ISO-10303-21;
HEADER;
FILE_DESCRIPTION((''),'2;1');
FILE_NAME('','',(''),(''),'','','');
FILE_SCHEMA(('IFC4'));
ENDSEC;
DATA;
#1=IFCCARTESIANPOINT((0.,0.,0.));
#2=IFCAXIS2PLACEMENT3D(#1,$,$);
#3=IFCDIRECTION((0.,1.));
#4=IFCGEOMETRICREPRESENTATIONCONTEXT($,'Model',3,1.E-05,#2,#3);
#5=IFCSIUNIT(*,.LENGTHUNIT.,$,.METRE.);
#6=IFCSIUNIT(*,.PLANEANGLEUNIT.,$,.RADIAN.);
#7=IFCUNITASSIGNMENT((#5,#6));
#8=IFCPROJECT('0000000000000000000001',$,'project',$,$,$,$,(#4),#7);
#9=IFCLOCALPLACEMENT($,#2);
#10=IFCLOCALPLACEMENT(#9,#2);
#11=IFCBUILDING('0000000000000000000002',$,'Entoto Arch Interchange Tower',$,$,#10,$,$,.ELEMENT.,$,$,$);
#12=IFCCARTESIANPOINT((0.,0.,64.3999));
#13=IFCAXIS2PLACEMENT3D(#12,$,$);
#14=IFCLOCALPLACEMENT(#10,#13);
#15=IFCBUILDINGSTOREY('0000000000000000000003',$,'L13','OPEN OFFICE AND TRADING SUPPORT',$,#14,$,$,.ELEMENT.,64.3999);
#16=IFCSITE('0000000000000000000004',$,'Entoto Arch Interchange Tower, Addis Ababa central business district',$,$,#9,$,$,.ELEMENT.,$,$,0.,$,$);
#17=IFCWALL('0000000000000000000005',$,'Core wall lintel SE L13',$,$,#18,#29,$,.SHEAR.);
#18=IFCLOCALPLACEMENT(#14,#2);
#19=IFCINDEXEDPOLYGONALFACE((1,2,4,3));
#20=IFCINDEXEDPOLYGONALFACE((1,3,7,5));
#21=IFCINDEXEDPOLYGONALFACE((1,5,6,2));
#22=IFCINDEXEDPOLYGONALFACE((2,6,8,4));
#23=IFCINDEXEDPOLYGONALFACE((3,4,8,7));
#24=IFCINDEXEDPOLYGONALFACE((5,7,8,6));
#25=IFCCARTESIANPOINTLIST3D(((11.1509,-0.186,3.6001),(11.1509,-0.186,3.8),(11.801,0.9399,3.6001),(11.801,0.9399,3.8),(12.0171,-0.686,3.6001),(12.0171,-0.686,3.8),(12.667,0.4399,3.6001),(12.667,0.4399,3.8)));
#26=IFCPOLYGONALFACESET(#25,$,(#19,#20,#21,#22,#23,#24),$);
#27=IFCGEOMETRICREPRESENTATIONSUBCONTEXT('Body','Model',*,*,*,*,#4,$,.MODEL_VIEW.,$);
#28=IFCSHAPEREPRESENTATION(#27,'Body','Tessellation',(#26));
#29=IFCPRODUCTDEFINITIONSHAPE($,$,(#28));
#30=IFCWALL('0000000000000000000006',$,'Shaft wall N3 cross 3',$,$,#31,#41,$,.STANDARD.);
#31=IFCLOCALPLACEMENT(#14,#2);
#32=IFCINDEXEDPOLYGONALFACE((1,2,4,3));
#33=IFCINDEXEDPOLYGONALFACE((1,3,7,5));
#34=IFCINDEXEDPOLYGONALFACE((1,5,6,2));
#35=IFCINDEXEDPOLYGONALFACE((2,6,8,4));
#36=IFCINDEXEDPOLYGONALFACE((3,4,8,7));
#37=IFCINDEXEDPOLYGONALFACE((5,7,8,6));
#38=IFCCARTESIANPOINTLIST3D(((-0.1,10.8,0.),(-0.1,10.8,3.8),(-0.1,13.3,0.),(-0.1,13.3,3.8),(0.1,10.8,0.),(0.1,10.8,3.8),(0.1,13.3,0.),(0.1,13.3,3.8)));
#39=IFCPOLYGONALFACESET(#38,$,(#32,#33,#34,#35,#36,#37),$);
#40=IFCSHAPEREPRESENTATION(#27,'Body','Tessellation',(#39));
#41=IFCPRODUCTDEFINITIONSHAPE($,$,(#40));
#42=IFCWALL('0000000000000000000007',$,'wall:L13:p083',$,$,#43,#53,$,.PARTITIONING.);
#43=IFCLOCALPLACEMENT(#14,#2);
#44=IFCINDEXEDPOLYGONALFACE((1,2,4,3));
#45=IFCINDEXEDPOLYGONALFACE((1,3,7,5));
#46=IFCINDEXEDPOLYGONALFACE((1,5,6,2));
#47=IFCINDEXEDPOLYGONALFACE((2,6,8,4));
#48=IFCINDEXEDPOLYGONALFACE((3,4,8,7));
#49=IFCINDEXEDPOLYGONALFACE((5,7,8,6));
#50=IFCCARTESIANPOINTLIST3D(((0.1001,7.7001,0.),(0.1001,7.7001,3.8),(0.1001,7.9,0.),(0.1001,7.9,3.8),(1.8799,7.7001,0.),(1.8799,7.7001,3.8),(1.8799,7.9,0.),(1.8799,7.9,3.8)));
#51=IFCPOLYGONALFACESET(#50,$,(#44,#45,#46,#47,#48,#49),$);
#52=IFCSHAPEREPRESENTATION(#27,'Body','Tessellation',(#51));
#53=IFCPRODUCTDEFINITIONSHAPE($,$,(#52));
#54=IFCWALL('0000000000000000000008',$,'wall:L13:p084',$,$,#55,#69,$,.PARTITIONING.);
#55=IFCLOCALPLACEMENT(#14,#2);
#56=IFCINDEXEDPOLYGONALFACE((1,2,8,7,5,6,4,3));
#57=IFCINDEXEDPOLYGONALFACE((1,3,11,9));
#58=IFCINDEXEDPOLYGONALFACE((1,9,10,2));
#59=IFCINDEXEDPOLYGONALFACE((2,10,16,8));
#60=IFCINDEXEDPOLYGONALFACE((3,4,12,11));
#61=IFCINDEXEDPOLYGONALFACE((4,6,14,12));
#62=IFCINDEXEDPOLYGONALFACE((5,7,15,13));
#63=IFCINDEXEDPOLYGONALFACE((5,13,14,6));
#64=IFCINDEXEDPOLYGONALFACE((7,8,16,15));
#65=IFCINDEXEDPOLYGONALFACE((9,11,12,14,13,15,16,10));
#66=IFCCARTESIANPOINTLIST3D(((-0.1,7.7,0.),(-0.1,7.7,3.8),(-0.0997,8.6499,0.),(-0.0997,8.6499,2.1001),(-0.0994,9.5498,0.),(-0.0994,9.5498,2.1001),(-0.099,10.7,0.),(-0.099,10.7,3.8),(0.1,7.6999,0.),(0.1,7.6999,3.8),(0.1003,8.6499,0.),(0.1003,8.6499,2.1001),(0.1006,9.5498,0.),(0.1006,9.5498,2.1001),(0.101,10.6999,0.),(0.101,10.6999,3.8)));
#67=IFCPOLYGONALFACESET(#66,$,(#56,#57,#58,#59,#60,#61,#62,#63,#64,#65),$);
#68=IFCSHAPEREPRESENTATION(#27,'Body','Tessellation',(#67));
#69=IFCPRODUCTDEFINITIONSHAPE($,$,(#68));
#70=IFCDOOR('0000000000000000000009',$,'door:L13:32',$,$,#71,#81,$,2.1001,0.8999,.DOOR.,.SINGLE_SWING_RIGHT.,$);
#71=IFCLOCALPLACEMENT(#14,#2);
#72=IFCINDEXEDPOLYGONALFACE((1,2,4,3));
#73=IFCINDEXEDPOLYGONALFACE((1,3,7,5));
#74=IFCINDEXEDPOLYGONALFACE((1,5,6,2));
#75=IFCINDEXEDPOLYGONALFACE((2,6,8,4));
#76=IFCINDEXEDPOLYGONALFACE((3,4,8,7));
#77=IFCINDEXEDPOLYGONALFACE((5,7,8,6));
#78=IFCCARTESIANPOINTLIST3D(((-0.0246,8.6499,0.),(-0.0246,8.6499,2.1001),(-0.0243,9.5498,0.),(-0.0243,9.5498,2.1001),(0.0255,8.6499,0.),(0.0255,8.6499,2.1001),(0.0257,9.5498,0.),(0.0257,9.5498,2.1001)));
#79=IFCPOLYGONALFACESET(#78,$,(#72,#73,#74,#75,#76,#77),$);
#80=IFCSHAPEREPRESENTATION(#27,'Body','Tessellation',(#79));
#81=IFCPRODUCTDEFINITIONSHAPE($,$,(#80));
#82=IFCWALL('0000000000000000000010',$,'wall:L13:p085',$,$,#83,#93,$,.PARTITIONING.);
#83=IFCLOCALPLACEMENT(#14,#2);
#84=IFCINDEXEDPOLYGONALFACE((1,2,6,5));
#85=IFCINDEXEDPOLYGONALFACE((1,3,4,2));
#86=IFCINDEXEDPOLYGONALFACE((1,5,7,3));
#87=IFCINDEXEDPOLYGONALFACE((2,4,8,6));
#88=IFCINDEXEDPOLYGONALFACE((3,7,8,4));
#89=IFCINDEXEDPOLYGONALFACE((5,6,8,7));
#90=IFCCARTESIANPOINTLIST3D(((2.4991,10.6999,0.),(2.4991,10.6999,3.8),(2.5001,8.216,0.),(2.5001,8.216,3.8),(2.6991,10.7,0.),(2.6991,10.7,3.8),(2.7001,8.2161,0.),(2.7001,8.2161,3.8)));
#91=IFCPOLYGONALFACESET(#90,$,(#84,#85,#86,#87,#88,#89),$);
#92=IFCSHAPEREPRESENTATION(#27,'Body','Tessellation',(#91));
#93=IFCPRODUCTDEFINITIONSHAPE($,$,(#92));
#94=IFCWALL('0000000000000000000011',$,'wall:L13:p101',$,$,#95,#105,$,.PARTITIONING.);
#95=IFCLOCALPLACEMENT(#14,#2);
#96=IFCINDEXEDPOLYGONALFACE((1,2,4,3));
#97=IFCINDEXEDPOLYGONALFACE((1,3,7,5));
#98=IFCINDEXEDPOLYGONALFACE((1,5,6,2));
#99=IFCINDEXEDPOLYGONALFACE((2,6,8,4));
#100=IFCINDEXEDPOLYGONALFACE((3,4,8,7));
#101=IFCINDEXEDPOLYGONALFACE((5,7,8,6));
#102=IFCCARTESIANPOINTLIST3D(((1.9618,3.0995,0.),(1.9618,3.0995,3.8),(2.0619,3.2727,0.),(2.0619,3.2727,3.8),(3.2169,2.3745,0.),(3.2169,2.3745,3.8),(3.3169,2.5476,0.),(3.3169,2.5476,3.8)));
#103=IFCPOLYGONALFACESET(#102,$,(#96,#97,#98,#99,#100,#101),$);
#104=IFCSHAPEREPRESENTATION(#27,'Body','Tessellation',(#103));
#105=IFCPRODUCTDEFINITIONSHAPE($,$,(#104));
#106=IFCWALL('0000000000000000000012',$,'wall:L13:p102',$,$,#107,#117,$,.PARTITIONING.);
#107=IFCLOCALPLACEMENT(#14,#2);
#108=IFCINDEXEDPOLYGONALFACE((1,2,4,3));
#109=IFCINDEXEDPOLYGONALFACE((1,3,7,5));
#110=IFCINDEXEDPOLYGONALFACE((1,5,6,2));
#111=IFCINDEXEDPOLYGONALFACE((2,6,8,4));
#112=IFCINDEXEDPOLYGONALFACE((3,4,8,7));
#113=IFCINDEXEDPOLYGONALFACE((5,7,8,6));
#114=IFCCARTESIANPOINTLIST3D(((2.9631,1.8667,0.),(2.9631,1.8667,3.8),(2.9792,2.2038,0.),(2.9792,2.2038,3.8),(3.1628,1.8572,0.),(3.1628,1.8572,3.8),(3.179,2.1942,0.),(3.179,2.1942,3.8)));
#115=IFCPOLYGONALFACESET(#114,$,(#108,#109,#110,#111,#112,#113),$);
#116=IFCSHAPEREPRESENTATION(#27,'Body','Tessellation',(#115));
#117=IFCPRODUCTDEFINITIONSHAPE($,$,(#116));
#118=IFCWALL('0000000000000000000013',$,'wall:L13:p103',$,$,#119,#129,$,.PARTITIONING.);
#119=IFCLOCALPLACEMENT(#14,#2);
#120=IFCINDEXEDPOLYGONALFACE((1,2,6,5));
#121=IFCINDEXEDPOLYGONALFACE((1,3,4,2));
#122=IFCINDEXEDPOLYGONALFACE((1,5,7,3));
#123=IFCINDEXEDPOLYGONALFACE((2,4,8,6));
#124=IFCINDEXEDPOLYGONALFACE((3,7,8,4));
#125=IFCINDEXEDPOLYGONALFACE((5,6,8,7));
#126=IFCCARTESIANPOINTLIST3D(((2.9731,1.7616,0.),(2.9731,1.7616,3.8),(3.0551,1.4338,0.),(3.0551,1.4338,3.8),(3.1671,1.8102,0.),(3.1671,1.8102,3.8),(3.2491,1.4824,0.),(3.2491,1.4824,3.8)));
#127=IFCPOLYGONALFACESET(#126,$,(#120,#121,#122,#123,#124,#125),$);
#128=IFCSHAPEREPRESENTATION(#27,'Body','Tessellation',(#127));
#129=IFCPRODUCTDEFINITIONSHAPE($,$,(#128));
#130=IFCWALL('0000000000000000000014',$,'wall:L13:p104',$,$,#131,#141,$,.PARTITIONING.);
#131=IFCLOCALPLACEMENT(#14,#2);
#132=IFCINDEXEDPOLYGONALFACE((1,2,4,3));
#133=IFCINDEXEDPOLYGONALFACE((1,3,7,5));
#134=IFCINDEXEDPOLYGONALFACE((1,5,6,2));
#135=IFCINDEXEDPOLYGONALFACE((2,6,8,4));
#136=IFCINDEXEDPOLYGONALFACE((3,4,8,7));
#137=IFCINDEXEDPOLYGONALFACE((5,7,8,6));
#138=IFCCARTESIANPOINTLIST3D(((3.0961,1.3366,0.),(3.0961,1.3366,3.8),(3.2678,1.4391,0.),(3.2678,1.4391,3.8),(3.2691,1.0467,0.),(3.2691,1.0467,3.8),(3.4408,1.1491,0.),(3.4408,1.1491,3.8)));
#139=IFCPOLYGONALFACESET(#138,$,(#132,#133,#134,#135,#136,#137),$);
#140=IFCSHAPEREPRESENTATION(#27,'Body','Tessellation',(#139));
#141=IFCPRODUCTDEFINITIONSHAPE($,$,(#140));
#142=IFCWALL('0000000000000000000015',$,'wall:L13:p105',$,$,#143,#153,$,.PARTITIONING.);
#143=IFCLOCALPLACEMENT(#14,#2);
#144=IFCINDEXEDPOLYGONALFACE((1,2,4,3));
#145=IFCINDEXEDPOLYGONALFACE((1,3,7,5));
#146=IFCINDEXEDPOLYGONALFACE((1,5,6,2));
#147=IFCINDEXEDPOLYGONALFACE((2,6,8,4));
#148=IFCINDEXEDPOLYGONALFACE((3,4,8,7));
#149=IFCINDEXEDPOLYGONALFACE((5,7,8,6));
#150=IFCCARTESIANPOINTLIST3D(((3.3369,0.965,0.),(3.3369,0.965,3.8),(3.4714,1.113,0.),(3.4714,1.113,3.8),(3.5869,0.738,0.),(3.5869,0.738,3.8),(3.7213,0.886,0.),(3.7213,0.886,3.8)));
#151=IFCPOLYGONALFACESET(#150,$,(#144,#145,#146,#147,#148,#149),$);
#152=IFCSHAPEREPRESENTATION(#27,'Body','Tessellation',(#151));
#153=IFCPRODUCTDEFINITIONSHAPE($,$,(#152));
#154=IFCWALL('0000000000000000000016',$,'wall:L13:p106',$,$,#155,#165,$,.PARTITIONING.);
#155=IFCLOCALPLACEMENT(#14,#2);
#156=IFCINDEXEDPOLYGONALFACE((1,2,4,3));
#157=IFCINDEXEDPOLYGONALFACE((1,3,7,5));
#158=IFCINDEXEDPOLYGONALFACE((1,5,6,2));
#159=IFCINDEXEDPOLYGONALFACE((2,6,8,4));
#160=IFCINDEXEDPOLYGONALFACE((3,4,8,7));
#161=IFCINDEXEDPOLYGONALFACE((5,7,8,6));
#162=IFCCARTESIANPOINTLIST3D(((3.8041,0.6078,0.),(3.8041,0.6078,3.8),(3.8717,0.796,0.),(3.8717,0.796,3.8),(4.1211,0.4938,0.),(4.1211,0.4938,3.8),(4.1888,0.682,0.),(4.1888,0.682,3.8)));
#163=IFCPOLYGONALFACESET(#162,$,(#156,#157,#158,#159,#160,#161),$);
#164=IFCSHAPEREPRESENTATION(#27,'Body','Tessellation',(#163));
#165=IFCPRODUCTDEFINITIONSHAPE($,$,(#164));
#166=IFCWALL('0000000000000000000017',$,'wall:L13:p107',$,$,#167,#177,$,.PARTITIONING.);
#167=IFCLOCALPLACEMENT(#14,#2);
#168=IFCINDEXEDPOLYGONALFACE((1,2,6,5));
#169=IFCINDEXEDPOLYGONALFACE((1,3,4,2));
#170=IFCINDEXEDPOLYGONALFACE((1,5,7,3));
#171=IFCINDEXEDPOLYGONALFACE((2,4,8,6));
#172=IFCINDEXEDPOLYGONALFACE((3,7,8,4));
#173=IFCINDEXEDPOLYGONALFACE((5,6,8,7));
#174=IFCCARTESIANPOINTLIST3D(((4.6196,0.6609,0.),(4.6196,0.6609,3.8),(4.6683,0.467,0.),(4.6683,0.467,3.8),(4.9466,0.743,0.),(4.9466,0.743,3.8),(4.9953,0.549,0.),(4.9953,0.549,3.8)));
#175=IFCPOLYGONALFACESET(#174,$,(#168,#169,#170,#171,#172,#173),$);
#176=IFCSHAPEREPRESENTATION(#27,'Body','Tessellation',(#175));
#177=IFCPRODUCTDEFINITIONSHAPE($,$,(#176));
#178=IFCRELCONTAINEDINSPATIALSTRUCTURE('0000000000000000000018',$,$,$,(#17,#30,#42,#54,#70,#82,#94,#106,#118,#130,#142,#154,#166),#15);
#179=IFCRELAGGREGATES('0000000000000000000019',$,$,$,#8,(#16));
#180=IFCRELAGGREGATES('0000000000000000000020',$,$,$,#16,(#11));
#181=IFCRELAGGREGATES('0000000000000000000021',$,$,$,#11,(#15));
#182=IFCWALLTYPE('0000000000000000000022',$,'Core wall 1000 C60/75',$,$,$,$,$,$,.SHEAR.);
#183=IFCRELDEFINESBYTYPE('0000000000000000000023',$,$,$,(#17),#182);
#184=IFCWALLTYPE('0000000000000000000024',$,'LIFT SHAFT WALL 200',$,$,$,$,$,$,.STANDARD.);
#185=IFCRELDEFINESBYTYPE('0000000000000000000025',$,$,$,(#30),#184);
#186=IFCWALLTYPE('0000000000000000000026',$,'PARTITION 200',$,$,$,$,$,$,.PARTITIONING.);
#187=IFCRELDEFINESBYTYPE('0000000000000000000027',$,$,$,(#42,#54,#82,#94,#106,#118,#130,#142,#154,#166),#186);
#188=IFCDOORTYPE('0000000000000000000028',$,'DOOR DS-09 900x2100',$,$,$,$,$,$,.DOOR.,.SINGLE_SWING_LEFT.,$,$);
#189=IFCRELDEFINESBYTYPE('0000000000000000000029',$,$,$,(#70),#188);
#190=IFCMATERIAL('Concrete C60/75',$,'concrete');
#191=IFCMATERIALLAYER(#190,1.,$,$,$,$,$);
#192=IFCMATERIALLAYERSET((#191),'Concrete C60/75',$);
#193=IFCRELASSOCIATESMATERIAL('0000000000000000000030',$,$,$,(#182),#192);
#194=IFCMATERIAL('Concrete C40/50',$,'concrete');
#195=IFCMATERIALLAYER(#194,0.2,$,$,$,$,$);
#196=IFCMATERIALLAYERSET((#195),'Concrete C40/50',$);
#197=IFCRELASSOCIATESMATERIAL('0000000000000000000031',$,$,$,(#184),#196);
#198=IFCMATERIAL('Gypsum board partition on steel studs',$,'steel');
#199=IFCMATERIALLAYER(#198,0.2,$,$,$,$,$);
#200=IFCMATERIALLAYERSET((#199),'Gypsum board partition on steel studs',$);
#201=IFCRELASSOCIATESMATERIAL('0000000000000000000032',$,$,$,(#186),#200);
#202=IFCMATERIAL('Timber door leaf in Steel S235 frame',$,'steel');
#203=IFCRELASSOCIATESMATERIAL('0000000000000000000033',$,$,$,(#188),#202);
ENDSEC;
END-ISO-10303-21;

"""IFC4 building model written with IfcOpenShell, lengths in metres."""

from ifc_helpers import new_model, si_unit, direction, frame, frame_2d, origin, place, context, subcontext, project, spatial, polyline, rectangle, outline, extrude, material, layer, layer_set, type_object, element, fill, save


model = new_model("IFC4")

# Units and contexts
model_context = context("Model", 3, precision=1e-05, world=origin(), true_north=direction((0.0, 1.0)))
body_context = subcontext(model_context, "Body", "Model", "MODEL_VIEW")
ifc_project = project(units=[si_unit("LENGTHUNIT", "METRE"), si_unit("PLANEANGLEUNIT", "RADIAN")], contexts=[model_context])

# Site, building, storey
site_placement = place(None, origin())
site = spatial("IfcSite", under=ifc_project, at=site_placement, Name="Entoto Arch Interchange Tower, Addis Ababa central business district", CompositionType="ELEMENT", RefElevation=0.0)
building_placement = place(site_placement, origin())
building = spatial("IfcBuilding", under=site, at=building_placement, Name="Entoto Arch Interchange Tower", CompositionType="ELEMENT")
storey_placement = place(building_placement, frame((0.0, 0.0, 64.3999)))
storey = spatial("IfcBuildingStorey", under=building, at=storey_placement, Name="L13", Description="OPEN OFFICE AND TRADING SUPPORT", CompositionType="ELEMENT", Elevation=64.3999)

# Shared definitions
ifc_material_1 = material(Name="Concrete C40/50", Category="concrete")

# Walls
ifc_material_2 = material(Name="Concrete C60/75", Category="concrete")
ifc_layer_1 = layer(ifc_material_2, 1.0)
ifc_layer_set_1 = layer_set([ifc_layer_1], Name="Concrete C60/75")
wall_type_1 = type_object("IfcWallType", Name="Core wall 1000 C60/75", PredefinedType="SHEAR", material=ifc_layer_set_1)
wall_1_placement = place(storey_placement, frame((0.0, 0.0, 3.6001)))
element("IfcWall", 1, at=wall_1_placement, inside=storey, type_object=wall_type_1, Name="Core wall lintel SE L13", PredefinedType="SHEAR", context=body_context, shape_type="SweptSolid", body=[
    extrude(outline(polyline([(12.667, 0.4399), (11.801, 0.9399), (11.1509, -0.186), (12.0171, -0.686), (12.667, 0.4399)])), origin(), (0.0, 0.0, 1.0), 0.2),
])
ifc_layer_2 = layer(ifc_material_1, 0.2)
ifc_layer_set_2 = layer_set([ifc_layer_2], Name="Concrete C40/50")
wall_type_2 = type_object("IfcWallType", Name="LIFT SHAFT WALL 200", PredefinedType="STANDARD", material=ifc_layer_set_2)
wall_2_placement = place(storey_placement, frame((0.0, 10.8, 0.0), z_axis=(0.0, 0.0, 1.0), x_axis=(0.0, 1.0, 0.0)))
element("IfcWall", 2, at=wall_2_placement, inside=storey, type_object=wall_type_2, Name="Shaft wall N3 cross 3", PredefinedType="STANDARD", context=body_context, shape_type="SweptSolid", body=[
    extrude(rectangle(XDim=2.5, YDim=0.2, at=frame_2d((1.25, 0.0))), origin(), (0.0, 0.0, 1.0), 3.8),
])
ifc_material_3 = material(Name="Gypsum board partition on steel studs", Category="steel")
ifc_layer_3 = layer(ifc_material_3, 0.2)
ifc_layer_set_3 = layer_set([ifc_layer_3], Name="Gypsum board partition on steel studs")
wall_type_3 = type_object("IfcWallType", Name="PARTITION 200", PredefinedType="PARTITIONING", material=ifc_layer_set_3)
wall_3_placement = place(storey_placement, frame((1.8799, 7.8, 0.0), z_axis=(0.0, 0.0, 1.0), x_axis=(-1.0, 0.0, 0.0)))
element("IfcWall", 3, at=wall_3_placement, inside=storey, type_object=wall_type_3, Name="wall:L13:p083", PredefinedType="PARTITIONING", context=body_context, shape_type="SweptSolid", body=[
    extrude(rectangle(XDim=1.7798, YDim=0.2, at=frame_2d((0.8899, 0.0))), origin(), (0.0, 0.0, 1.0), 3.8),
])

# Wall, opening, door
wall_4_placement = place(storey_placement, frame((0.0, 7.7, 0.0), z_axis=(0.0, 0.0, 1.0), x_axis=(0.000326, 1.0, 0.0)))
wall_4 = element("IfcWall", 4, at=wall_4_placement, inside=storey, type_object=wall_type_3, Name="wall:L13:p084", PredefinedType="PARTITIONING", context=body_context, shape_type="SweptSolid", body=[
    extrude(rectangle(XDim=3.0, YDim=0.2, at=frame_2d((1.5, 0.0))), origin(), (0.0, 0.0, 1.0), 3.8),
])
opening_1_placement = place(wall_4_placement, frame((0.95, 0.0, 0.0)))
opening_1 = element("IfcOpeningElement", 5, at=opening_1_placement, cuts=wall_4, PredefinedType="OPENING", context=body_context, shape_type="SweptSolid", body=[
    extrude(rectangle(XDim=0.8999, YDim=2.1001, at=frame_2d((0.45, 1.05))), frame((0.0, 0.1099, 0.0), z_axis=(0.0, -1.0, 0.0), x_axis=(1.0, 0.0, 0.0)), (0.0, 0.0, 1.0), 0.22),
])
ifc_material_4 = material(Name="Timber door leaf in Steel S235 frame", Category="steel")
door_type_1 = type_object("IfcDoorType", Name="DOOR DS-09 900x2100", OperationType="SINGLE_SWING_LEFT", PredefinedType="DOOR", material=ifc_material_4)
door_1_placement = place(opening_1_placement, origin())
door_1 = element("IfcDoor", 6, at=door_1_placement, inside=storey, type_object=door_type_1, Name="door:L13:32", OperationType="SINGLE_SWING_RIGHT", OverallHeight=2.1001, OverallWidth=0.8999, PredefinedType="DOOR", context=body_context, shape_type="SweptSolid", body=[
    extrude(rectangle(XDim=0.8999, YDim=2.1001, at=frame_2d((0.45, 1.05))), frame((0.0, 0.0249, 0.0), z_axis=(0.0, -1.0, 0.0), x_axis=(1.0, 0.0, 0.0)), (0.0, 0.0, 1.0), 0.05),
])
fill(opening_1, door_1)

# Walls
wall_5_placement = place(storey_placement, frame((2.5991, 10.7, 0.0), z_axis=(0.0, 0.0, 1.0), x_axis=(0.000393, -1.0, 0.0)))
element("IfcWall", 7, at=wall_5_placement, inside=storey, type_object=wall_type_3, Name="wall:L13:p085", PredefinedType="PARTITIONING", context=body_context, shape_type="SweptSolid", body=[
    extrude(rectangle(XDim=2.4839, YDim=0.2, at=frame_2d((1.2419, 0.0))), origin(), (0.0, 0.0, 1.0), 3.8),
])
wall_6_placement = place(storey_placement, frame((2.012, 3.186, 0.0), z_axis=(0.0, 0.0, 1.0), x_axis=(0.865891, -0.500233, 0.0)))
element("IfcWall", 8, at=wall_6_placement, inside=storey, type_object=wall_type_3, Name="wall:L13:p101", PredefinedType="PARTITIONING", context=body_context, shape_type="SweptSolid", body=[
    extrude(rectangle(XDim=1.4495, YDim=0.2, at=frame_2d((0.7246, 0.0))), origin(), (0.0, 0.0, 1.0), 3.8),
])
wall_7_placement = place(storey_placement, frame((3.0791, 2.199, 0.0), z_axis=(0.0, 0.0, 1.0), x_axis=(-0.047771, -0.998858, 0.0)))
element("IfcWall", 9, at=wall_7_placement, inside=storey, type_object=wall_type_3, Name="wall:L13:p102", PredefinedType="PARTITIONING", context=body_context, shape_type="SweptSolid", body=[
    extrude(rectangle(XDim=0.3374, YDim=0.2, at=frame_2d((0.1687, 0.0))), origin(), (0.0, 0.0, 1.0), 3.8),
])
wall_8_placement = place(storey_placement, frame((3.0701, 1.7859, 0.0), z_axis=(0.0, 0.0, 1.0), x_axis=(0.242706, -0.9701, 0.0)))
element("IfcWall", 10, at=wall_8_placement, inside=storey, type_object=wall_type_3, Name="wall:L13:p103", PredefinedType="PARTITIONING", context=body_context, shape_type="SweptSolid", body=[
    extrude(rectangle(XDim=0.3379, YDim=0.2, at=frame_2d((0.1689, 0.0))), origin(), (0.0, 0.0, 1.0), 3.8),
])
for number, where, z_axis, x_axis, name in (
    (11, (3.1819, 1.3879, 0.0), (0.0, 0.0, 1.0), (0.512475, -0.858702, 0.0), "wall:L13:p104"),
    (12, (3.4041, 1.0391, 0.0), (0.0, 0.0, 1.0), (0.740267, -0.672313, 0.0), "wall:L13:p105"),
):
    element("IfcWall", number, at=place(storey_placement, frame(where, z_axis=z_axis, x_axis=x_axis)), inside=storey, type_object=wall_type_3, Name=name, PredefinedType="PARTITIONING", context=body_context, shape_type="SweptSolid", body=[
        extrude(rectangle(XDim=0.3376, YDim=0.2, at=frame_2d((0.1689, 0.0))), origin(), (0.0, 0.0, 1.0), 3.8),
    ])
wall_9_placement = place(storey_placement, frame((3.8379, 0.7019, 0.0), z_axis=(0.0, 0.0, 1.0), x_axis=(0.941035, -0.338309, 0.0)))
element("IfcWall", 13, at=wall_9_placement, inside=storey, type_object=wall_type_3, Name="wall:L13:p106", PredefinedType="PARTITIONING", context=body_context, shape_type="SweptSolid", body=[
    extrude(rectangle(XDim=0.3369, YDim=0.2, at=frame_2d((0.1685, 0.0))), origin(), (0.0, 0.0, 1.0), 3.8),
])
wall_10_placement = place(storey_placement, frame((4.644, 0.564, 0.0), z_axis=(0.0, 0.0, 1.0), x_axis=(0.969929, 0.243388, 0.0)))
element("IfcWall", 14, at=wall_10_placement, inside=storey, type_object=wall_type_3, Name="wall:L13:p107", PredefinedType="PARTITIONING", context=body_context, shape_type="SweptSolid", body=[
    extrude(rectangle(XDim=0.3372, YDim=0.2, at=frame_2d((0.1685, 0.0))), origin(), (0.0, 0.0, 1.0), 3.8),
])

save(model, "model.ifc")
